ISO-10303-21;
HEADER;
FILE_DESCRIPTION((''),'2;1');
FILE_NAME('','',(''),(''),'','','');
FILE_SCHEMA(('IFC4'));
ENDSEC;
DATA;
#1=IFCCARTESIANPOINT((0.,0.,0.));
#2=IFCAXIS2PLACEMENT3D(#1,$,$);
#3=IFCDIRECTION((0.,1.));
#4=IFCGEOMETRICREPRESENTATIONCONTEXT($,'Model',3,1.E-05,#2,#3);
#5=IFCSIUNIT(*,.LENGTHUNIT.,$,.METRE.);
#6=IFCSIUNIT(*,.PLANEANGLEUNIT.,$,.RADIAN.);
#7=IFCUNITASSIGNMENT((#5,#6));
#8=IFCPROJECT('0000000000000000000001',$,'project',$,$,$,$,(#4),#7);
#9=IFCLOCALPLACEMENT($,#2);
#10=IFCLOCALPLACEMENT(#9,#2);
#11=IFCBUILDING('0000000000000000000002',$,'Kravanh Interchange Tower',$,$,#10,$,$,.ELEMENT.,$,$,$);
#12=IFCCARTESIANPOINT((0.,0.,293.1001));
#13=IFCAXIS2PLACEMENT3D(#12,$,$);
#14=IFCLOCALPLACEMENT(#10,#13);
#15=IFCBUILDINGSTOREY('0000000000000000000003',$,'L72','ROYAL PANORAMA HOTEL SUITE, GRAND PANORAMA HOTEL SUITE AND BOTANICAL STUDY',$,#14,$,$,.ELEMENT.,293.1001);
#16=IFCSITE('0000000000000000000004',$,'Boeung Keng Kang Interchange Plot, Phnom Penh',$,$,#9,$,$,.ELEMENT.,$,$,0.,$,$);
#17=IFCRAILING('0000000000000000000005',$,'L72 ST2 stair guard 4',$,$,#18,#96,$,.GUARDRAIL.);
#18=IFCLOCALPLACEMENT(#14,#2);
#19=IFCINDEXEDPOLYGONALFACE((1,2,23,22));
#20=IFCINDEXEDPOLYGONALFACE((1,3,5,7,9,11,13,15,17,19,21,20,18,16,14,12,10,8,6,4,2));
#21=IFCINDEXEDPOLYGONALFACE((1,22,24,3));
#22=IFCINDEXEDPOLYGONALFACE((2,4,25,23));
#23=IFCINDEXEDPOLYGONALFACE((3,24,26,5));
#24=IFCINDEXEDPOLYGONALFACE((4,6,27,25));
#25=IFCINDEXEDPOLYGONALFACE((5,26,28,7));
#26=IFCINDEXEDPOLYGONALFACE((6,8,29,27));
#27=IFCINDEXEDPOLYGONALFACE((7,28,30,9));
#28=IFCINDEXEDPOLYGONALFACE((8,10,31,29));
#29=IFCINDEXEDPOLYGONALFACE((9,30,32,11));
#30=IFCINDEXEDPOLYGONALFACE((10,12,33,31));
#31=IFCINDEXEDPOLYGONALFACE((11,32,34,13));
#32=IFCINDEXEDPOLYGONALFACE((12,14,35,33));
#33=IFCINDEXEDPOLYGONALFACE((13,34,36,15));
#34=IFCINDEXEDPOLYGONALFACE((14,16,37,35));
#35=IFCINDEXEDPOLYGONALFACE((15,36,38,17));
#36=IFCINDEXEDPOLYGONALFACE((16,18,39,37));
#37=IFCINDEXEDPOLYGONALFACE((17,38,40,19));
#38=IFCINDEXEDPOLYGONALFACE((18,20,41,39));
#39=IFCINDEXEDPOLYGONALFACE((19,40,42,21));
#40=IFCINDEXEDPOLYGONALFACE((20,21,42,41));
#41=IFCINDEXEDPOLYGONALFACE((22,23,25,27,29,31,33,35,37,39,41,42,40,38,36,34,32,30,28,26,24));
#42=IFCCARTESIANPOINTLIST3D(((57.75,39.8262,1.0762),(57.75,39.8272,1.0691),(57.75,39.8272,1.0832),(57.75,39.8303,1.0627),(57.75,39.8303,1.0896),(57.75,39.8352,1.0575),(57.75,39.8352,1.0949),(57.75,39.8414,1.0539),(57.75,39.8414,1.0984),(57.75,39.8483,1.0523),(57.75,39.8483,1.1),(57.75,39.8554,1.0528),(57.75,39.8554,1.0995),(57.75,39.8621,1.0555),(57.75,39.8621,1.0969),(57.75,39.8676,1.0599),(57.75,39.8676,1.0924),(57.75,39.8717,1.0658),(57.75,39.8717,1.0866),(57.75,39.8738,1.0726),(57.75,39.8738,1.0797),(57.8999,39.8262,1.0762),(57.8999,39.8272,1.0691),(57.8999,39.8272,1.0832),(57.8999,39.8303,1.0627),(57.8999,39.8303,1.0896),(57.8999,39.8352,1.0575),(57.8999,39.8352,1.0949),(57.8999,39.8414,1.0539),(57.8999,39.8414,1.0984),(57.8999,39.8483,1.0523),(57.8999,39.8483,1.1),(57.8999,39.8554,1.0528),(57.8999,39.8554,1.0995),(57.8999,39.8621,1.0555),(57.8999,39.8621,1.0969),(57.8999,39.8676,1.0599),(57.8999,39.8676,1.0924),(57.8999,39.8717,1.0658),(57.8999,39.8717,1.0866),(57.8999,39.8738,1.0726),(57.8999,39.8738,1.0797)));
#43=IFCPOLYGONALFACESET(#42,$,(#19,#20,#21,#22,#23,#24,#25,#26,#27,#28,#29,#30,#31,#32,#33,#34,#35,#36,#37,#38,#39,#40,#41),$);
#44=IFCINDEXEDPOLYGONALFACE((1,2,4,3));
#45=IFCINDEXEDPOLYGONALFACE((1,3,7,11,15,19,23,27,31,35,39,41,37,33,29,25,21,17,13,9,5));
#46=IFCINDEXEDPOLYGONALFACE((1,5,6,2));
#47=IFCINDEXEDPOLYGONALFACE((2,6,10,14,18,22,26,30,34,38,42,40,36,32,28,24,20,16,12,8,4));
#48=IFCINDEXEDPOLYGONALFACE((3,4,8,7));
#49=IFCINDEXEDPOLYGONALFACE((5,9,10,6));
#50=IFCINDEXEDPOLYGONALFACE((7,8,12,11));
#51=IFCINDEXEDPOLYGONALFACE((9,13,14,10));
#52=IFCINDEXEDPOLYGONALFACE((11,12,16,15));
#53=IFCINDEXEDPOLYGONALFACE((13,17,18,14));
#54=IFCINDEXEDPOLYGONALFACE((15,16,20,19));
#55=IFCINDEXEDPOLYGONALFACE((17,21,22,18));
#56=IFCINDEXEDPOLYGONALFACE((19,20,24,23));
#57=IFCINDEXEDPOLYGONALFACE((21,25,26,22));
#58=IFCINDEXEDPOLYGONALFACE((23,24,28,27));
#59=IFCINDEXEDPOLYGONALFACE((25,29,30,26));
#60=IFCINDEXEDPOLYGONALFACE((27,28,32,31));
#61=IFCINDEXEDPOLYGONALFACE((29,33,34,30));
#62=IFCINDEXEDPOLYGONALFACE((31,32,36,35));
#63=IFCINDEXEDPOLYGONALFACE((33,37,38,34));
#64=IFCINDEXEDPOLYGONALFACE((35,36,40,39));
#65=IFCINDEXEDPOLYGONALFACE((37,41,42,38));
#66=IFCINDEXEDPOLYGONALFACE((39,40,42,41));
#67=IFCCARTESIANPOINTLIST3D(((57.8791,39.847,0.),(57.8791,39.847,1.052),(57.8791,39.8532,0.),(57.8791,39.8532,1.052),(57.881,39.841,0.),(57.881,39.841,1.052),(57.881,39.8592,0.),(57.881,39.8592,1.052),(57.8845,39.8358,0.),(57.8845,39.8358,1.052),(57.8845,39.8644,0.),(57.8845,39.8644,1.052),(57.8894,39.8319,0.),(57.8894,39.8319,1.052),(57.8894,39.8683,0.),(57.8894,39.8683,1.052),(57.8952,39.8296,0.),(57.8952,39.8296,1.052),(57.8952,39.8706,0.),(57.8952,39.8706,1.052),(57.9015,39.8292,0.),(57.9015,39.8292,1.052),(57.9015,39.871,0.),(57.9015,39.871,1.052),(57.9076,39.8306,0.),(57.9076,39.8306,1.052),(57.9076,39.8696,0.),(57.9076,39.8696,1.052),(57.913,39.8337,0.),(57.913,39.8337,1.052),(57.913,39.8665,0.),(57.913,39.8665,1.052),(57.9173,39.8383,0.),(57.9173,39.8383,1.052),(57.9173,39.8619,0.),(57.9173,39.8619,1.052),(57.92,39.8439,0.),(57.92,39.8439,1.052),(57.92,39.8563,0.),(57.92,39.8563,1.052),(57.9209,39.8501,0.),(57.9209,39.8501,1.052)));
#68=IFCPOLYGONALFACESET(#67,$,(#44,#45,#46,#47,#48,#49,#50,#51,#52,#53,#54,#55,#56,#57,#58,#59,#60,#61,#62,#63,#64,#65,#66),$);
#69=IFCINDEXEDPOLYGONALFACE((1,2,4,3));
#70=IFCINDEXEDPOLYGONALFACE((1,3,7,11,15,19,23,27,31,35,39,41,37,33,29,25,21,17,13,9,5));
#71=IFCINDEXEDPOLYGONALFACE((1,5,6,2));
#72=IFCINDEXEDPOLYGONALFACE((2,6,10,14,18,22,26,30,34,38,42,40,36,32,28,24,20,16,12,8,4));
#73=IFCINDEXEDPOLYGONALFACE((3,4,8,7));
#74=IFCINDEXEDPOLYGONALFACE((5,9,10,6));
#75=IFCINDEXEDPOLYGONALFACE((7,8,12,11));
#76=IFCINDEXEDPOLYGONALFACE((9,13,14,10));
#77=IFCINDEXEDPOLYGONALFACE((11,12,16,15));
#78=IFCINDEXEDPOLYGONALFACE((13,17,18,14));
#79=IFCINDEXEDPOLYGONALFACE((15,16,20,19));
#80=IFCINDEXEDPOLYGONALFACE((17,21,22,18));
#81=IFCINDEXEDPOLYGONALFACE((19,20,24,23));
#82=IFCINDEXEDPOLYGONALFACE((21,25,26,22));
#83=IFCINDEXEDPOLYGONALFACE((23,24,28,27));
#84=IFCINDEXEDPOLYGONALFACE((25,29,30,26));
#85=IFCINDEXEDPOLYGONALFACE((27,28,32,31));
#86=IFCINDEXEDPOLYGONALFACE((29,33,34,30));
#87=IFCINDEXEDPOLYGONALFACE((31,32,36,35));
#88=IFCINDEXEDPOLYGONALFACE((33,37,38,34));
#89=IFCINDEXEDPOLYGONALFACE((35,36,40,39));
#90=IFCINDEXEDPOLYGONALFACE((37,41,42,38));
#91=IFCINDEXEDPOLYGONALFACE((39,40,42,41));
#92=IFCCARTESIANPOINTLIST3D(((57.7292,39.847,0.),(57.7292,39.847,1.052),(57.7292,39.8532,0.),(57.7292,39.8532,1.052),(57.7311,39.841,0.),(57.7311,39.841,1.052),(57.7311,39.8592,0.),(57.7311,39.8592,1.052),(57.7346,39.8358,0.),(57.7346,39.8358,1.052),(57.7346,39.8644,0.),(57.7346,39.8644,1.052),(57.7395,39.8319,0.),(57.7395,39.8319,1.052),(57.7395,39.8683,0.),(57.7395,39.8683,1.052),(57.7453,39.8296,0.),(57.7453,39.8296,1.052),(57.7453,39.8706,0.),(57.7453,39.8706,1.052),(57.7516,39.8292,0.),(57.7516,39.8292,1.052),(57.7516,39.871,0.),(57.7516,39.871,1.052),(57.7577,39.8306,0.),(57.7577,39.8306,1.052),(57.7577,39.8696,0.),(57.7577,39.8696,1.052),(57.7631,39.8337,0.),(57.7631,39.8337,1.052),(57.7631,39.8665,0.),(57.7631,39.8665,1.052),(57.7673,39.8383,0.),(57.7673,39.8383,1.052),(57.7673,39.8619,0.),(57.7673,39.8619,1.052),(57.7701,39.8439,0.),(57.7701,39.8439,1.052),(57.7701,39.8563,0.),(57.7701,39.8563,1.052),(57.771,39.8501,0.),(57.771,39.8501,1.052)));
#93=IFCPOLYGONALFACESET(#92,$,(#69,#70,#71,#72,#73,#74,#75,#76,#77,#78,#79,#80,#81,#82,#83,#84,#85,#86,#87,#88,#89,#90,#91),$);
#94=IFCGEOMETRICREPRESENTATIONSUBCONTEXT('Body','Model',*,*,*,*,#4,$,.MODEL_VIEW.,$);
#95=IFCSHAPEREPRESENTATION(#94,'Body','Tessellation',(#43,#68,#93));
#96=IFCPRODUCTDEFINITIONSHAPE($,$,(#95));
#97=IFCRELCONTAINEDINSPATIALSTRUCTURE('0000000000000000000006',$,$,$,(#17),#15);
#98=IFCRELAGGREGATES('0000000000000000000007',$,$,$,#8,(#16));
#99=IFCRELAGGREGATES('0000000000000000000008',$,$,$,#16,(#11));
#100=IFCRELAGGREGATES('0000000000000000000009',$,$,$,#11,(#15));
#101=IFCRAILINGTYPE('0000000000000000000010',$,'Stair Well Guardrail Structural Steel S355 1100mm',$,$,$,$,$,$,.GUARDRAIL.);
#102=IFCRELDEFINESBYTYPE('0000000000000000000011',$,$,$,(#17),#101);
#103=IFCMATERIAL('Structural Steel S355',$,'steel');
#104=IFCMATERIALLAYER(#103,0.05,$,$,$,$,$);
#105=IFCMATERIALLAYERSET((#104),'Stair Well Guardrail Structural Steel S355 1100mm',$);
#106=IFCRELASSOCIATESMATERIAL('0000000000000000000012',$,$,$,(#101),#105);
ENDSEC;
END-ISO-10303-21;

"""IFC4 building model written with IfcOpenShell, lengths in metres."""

from ifc_helpers import new_model, si_unit, direction, frame, origin, origin_2d, place, context, subcontext, project, spatial, circle, extrude, material, layer, layer_set, type_object, element, save


model = new_model("IFC4")

# Units and contexts
model_context = context("Model", 3, precision=1e-05, world=origin(), true_north=direction((0.0, 1.0)))
body_context = subcontext(model_context, "Body", "Model", "MODEL_VIEW")
ifc_project = project(units=[si_unit("LENGTHUNIT", "METRE"), si_unit("PLANEANGLEUNIT", "RADIAN")], contexts=[model_context])

# Site, building, storey
site_placement = place(None, origin())
site = spatial("IfcSite", under=ifc_project, at=site_placement, Name="Boeung Keng Kang Interchange Plot, Phnom Penh", CompositionType="ELEMENT", RefElevation=0.0)
building_placement = place(site_placement, origin())
building = spatial("IfcBuilding", under=site, at=building_placement, Name="Kravanh Interchange Tower", CompositionType="ELEMENT")
storey_placement = place(building_placement, frame((0.0, 0.0, 293.1001)))
storey = spatial("IfcBuildingStorey", under=building, at=storey_placement, Name="L72", Description="ROYAL PANORAMA HOTEL SUITE, GRAND PANORAMA HOTEL SUITE AND BOTANICAL STUDY", CompositionType="ELEMENT", Elevation=293.1001)

# Railing
ifc_material_1 = material(Name="Structural Steel S355", Category="steel")
ifc_layer_1 = layer(ifc_material_1, 0.05)
ifc_layer_set_1 = layer_set([ifc_layer_1], Name="Stair Well Guardrail Structural Steel S355 1100mm")
railing_type_1 = type_object("IfcRailingType", Name="Stair Well Guardrail Structural Steel S355 1100mm", PredefinedType="GUARDRAIL", material=ifc_layer_set_1)
railing_1_placement = place(storey_placement, frame((57.8999, 39.8501, 0.0)))
element("IfcRailing", 1, at=railing_1_placement, inside=storey, type_object=railing_type_1, Name="L72 ST2 stair guard 4", PredefinedType="GUARDRAIL", context=body_context, shape_type="SweptSolid", body=[
    extrude(circle(Radius=0.0239, at=origin_2d()), frame((0.0, 0.0, 1.0762), z_axis=(-1.0, 0.0, 0.0), x_axis=(0.0, -1.0, 0.0)), (0.0, 0.0, 1.0), 0.1499),
    extrude(circle(Radius=0.021, at=origin_2d()), origin(), (0.0, 0.0, 1.0), 1.052),
    extrude(circle(Radius=0.021, at=origin_2d()), frame((-0.1499, 0.0, 0.0)), (0.0, 0.0, 1.0), 1.052),
])

save(model, "model.ifc")
